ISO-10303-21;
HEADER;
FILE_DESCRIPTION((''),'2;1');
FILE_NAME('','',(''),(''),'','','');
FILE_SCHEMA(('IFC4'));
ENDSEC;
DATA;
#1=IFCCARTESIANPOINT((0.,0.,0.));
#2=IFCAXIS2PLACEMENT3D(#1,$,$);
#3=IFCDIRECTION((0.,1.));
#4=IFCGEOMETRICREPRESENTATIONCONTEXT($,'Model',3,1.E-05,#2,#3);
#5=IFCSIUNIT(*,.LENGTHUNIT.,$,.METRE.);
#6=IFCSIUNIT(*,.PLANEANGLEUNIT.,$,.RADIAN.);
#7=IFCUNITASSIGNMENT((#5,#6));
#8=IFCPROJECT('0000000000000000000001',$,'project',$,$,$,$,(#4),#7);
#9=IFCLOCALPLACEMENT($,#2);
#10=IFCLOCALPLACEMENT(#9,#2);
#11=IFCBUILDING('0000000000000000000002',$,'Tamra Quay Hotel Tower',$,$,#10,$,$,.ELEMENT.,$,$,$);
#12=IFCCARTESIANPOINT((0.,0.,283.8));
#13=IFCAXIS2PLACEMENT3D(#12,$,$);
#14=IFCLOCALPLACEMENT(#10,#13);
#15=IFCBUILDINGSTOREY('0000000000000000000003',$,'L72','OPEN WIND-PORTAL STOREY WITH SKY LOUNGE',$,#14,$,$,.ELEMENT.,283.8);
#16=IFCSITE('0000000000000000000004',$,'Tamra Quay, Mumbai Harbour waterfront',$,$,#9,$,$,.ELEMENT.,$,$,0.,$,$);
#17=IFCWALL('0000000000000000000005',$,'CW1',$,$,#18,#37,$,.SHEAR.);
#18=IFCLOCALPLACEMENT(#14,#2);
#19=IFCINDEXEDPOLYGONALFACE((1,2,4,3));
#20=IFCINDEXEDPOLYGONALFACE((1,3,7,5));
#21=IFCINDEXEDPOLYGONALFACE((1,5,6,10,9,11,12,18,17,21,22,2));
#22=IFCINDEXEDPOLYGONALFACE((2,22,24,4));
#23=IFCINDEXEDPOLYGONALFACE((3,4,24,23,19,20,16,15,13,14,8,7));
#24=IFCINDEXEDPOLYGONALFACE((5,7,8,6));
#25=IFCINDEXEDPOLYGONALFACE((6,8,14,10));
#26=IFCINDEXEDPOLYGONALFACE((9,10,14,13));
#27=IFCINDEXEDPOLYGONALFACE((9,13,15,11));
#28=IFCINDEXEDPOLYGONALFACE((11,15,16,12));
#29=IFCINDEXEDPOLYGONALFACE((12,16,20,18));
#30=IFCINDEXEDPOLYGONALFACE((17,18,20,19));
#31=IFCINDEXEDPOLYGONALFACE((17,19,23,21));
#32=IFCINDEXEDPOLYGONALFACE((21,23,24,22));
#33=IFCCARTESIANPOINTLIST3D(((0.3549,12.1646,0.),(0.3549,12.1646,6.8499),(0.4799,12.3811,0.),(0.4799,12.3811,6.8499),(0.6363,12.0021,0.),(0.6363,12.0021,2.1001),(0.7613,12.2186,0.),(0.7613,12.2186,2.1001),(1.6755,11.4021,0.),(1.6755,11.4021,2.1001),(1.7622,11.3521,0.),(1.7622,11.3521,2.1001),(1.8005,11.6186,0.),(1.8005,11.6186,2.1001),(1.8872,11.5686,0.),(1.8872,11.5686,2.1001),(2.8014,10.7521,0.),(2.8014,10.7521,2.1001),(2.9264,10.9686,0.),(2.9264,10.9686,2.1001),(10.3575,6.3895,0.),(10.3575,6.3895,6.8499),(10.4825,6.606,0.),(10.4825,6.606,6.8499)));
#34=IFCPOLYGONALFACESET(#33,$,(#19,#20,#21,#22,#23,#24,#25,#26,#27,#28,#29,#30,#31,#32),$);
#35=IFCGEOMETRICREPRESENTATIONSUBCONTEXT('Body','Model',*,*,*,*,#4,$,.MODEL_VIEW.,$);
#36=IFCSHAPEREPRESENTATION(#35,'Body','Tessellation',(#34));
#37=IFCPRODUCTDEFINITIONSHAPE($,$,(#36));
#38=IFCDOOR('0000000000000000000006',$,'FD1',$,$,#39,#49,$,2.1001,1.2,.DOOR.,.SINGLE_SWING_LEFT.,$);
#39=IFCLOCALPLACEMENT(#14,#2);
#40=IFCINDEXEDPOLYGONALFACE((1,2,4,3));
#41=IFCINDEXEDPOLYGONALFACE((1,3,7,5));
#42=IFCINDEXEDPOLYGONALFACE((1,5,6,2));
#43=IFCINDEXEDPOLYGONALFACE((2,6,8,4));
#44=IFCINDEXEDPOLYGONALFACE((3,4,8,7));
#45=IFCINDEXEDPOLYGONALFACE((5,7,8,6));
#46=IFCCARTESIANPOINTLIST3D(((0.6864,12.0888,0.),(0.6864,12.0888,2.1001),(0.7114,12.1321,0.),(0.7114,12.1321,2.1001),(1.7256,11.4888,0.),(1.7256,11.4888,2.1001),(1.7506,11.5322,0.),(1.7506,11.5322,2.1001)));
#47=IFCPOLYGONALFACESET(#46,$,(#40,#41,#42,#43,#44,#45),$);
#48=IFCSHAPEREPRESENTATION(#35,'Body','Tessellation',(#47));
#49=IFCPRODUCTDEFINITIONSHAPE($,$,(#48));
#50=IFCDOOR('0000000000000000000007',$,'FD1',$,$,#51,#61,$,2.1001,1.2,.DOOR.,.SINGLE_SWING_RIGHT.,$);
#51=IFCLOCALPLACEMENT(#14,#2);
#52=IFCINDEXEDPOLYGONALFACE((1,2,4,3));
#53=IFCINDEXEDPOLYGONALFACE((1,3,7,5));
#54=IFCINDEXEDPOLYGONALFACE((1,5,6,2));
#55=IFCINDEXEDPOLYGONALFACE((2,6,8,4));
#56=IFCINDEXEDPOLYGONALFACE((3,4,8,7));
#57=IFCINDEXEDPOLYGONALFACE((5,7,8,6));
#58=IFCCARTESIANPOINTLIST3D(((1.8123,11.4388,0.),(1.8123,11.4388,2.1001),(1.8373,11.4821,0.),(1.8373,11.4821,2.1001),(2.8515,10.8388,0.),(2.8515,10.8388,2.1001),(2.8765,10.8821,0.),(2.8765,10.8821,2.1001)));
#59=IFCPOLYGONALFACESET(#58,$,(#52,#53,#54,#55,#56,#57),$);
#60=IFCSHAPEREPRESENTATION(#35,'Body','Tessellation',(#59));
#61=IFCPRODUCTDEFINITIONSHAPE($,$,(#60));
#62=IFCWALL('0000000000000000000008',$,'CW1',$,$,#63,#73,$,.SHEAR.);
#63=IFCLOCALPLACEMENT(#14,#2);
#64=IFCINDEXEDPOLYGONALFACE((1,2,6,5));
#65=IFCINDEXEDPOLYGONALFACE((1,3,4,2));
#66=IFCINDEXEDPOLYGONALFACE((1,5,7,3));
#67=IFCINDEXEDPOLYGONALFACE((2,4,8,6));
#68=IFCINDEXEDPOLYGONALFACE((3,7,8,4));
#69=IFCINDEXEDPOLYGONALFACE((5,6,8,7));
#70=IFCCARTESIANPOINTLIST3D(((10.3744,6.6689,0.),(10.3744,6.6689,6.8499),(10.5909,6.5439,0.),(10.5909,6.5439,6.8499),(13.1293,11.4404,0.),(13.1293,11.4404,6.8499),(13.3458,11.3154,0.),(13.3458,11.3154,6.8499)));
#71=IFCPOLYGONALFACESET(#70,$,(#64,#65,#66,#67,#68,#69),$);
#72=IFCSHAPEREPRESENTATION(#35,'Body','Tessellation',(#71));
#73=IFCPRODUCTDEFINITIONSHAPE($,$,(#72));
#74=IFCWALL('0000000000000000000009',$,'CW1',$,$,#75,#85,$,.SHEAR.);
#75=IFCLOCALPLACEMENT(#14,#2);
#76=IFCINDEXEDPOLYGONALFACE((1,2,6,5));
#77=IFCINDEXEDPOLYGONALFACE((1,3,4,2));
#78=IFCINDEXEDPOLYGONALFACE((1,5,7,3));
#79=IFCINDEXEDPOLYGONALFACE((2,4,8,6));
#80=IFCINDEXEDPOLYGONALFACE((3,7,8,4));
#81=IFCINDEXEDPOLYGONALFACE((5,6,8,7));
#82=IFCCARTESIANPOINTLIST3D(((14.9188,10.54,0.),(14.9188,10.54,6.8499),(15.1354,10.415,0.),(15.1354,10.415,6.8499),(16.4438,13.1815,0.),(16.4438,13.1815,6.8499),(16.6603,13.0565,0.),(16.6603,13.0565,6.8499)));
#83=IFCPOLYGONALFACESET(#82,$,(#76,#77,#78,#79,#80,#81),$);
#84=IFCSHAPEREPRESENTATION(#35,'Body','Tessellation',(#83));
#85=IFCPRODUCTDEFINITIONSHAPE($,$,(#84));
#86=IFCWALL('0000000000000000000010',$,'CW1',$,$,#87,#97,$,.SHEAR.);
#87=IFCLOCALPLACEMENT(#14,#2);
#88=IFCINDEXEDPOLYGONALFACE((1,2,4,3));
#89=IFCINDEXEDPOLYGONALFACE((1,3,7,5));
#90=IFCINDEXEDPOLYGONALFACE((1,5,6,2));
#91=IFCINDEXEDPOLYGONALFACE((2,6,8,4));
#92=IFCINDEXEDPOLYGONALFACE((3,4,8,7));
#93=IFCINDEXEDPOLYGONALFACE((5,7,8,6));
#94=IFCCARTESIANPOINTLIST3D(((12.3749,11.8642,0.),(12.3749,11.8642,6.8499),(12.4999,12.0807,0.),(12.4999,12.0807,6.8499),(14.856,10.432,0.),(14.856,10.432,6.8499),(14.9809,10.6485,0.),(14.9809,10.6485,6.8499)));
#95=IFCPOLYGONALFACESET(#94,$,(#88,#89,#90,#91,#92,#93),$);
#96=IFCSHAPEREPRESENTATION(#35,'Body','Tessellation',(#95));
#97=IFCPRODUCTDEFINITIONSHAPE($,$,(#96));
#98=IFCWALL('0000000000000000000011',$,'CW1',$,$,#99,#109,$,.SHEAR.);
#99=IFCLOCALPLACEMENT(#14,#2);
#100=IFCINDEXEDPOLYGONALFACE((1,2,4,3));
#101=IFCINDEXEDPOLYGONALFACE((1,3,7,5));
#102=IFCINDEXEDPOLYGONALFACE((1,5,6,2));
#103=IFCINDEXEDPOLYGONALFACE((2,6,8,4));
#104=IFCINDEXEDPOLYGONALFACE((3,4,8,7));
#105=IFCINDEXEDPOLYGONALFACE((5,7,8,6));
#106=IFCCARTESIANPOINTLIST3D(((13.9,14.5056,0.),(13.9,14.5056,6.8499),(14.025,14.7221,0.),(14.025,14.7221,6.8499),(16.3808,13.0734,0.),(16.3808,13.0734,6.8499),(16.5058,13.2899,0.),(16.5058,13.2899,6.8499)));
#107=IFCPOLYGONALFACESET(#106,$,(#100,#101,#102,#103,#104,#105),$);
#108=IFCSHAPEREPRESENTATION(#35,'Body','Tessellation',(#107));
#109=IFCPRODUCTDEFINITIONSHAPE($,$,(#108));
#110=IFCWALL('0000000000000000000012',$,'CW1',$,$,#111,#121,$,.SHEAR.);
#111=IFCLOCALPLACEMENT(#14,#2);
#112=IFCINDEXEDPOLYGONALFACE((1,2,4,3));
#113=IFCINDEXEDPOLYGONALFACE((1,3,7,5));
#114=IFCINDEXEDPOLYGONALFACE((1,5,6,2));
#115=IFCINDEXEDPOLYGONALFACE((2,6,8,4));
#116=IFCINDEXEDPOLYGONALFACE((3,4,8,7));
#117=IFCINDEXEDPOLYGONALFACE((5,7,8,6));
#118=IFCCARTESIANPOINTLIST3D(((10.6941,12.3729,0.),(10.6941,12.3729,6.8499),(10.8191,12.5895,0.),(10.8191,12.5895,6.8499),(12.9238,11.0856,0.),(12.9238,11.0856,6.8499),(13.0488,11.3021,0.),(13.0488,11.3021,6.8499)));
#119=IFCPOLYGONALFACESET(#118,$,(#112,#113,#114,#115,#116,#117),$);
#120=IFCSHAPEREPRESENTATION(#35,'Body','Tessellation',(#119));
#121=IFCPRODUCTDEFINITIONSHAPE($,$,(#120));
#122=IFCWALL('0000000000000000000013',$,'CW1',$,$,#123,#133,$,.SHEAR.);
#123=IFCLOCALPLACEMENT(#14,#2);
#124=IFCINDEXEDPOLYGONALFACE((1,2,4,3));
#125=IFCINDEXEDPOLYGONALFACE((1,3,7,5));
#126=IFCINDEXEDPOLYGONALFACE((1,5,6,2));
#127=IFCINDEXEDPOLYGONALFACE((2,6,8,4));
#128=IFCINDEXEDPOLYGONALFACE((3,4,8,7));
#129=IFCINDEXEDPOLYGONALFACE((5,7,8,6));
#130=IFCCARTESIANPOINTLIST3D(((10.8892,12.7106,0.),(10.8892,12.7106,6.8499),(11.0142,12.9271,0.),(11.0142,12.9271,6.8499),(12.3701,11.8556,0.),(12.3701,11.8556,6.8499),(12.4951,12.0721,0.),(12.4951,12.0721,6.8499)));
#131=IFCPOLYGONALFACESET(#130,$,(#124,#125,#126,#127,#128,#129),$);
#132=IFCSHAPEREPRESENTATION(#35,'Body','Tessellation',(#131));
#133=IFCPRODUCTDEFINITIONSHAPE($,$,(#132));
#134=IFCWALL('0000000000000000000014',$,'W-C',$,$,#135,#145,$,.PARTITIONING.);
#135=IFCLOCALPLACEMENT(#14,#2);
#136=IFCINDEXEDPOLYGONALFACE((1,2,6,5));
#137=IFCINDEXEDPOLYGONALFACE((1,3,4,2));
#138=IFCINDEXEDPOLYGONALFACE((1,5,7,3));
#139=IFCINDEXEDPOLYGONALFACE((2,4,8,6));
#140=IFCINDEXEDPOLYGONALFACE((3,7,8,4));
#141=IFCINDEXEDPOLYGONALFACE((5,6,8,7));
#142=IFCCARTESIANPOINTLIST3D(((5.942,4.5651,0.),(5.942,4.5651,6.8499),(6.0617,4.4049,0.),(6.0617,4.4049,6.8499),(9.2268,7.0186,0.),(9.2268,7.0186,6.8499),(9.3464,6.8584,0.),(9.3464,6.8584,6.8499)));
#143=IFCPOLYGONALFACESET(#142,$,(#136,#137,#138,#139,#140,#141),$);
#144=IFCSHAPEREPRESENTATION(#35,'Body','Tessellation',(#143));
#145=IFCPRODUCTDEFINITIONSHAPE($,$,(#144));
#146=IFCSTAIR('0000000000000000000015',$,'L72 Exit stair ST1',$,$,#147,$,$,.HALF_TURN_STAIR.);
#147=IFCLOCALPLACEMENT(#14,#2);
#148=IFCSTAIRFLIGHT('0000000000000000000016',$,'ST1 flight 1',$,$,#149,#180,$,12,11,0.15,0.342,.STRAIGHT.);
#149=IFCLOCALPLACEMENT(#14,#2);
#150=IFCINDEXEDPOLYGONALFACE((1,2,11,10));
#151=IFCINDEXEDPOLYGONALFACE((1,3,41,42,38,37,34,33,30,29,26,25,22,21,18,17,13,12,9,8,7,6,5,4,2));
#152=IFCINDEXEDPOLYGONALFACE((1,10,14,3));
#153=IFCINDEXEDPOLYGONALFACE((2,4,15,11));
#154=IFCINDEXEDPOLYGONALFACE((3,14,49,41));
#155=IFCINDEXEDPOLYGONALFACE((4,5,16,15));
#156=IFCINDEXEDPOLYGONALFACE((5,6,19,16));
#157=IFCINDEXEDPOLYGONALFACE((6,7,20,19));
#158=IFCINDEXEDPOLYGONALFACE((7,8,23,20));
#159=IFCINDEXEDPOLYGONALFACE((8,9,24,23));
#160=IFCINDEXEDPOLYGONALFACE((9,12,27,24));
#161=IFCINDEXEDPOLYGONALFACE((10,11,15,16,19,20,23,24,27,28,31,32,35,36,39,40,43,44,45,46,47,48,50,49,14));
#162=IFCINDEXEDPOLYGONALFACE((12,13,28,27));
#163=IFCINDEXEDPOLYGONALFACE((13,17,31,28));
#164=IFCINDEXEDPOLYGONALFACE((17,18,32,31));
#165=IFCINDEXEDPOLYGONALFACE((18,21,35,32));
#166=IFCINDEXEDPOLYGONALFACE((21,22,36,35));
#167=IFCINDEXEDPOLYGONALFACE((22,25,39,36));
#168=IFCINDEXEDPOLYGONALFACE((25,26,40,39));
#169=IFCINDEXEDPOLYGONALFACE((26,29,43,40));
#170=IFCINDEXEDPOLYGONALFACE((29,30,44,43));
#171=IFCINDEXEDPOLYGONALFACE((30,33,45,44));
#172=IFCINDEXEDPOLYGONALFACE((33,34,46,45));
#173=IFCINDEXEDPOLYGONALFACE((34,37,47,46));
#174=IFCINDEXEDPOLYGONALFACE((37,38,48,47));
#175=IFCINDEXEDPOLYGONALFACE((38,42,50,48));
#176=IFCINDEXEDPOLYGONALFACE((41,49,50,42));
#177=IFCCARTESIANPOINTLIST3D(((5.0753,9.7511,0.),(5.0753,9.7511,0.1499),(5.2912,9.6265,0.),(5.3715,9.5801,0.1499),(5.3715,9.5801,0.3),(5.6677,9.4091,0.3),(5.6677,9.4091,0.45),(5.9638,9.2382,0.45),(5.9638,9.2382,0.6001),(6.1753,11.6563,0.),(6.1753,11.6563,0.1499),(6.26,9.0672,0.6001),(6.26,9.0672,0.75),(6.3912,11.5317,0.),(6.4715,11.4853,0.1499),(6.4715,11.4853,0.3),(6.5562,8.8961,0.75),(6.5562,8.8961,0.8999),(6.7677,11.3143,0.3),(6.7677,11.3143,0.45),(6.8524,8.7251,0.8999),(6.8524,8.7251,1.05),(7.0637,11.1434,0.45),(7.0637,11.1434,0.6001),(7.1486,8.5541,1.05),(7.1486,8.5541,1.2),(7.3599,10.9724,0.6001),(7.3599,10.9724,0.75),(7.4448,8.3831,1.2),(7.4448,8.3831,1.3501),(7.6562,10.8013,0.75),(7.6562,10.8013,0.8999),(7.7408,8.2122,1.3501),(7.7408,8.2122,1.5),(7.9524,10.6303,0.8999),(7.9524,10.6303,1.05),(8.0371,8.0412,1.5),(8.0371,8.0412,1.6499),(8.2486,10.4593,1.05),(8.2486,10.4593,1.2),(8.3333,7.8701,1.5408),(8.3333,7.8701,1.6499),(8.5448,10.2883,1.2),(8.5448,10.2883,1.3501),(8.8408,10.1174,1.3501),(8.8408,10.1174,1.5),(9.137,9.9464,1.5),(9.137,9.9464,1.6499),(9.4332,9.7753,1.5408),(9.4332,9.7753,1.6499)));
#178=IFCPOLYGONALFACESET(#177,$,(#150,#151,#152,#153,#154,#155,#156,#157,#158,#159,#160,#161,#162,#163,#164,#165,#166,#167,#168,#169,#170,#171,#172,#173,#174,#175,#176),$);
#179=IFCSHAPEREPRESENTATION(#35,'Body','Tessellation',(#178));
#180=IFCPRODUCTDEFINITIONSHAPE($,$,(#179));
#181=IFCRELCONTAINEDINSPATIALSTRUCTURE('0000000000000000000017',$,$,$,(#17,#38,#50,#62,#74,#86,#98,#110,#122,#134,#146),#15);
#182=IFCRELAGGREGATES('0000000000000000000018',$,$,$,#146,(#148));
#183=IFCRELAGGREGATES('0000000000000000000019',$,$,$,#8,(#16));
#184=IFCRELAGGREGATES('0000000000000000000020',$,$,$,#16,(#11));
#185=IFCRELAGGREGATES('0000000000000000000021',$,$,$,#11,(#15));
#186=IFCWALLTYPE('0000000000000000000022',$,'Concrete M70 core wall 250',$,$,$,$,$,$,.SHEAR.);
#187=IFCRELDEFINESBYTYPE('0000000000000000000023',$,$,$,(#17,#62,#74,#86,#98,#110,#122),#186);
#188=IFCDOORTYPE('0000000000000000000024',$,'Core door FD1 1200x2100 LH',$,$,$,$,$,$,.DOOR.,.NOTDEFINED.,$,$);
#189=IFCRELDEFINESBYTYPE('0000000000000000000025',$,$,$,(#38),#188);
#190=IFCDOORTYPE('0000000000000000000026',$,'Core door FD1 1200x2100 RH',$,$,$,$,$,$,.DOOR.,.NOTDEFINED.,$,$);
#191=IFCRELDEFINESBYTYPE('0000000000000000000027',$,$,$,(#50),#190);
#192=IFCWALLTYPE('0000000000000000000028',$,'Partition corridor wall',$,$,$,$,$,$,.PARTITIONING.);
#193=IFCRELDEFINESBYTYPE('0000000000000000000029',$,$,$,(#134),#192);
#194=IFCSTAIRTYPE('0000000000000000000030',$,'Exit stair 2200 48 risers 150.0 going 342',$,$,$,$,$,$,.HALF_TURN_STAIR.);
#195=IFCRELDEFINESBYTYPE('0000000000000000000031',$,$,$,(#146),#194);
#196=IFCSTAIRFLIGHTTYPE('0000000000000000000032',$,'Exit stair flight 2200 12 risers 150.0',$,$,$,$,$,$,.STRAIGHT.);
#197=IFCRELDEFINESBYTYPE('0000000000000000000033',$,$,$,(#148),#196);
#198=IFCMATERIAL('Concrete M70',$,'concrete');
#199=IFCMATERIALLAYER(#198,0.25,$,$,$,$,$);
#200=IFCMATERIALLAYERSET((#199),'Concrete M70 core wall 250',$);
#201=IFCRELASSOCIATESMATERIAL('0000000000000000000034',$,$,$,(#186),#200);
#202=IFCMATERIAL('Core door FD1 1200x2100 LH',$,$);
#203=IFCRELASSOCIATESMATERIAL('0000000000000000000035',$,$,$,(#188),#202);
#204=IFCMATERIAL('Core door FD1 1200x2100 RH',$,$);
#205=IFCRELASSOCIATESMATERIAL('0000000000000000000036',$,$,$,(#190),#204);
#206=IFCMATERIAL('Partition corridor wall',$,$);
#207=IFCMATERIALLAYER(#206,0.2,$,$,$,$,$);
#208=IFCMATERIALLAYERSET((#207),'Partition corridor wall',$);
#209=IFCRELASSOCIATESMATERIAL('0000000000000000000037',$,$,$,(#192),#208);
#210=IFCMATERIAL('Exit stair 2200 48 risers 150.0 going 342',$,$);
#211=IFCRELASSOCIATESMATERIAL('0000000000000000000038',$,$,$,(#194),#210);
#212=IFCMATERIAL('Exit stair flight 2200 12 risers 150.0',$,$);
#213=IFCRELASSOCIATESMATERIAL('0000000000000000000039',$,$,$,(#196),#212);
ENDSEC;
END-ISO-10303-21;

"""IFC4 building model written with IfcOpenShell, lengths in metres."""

from ifc_helpers import new_model, si_unit, direction, frame, frame_2d, origin, place, context, subcontext, project, spatial, polyline, rectangle, outline, extrude, material, layer, layer_set, type_object, element, fill, aggregate, save


model = new_model("IFC4")

# Units and contexts
model_context = context("Model", 3, precision=1e-05, world=origin(), true_north=direction((0.0, 1.0)))
body_context = subcontext(model_context, "Body", "Model", "MODEL_VIEW")
ifc_project = project(units=[si_unit("LENGTHUNIT", "METRE"), si_unit("PLANEANGLEUNIT", "RADIAN")], contexts=[model_context])

# Site, building, storey
site_placement = place(None, origin())
site = spatial("IfcSite", under=ifc_project, at=site_placement, Name="Tamra Quay, Mumbai Harbour waterfront", CompositionType="ELEMENT", RefElevation=0.0)
building_placement = place(site_placement, origin())
building = spatial("IfcBuilding", under=site, at=building_placement, Name="Tamra Quay Hotel Tower", CompositionType="ELEMENT")
storey_placement = place(building_placement, frame((0.0, 0.0, 283.8)))
storey = spatial("IfcBuildingStorey", under=building, at=storey_placement, Name="L72", Description="OPEN WIND-PORTAL STOREY WITH SKY LOUNGE", CompositionType="ELEMENT", Elevation=283.8)

# Shared definitions
ifc_material_1 = material(Name="Concrete M70", Category="concrete")

# Wall, openings, doors
ifc_layer_1 = layer(ifc_material_1, 0.25)
ifc_layer_set_1 = layer_set([ifc_layer_1], Name="Concrete M70 core wall 250")
wall_type_1 = type_object("IfcWallType", Name="Concrete M70 core wall 250", PredefinedType="SHEAR", material=ifc_layer_set_1)
wall_1_placement = place(storey_placement, frame((10.4199, 6.4978, 0.0), z_axis=(0.0, 0.0, 1.0), x_axis=(-0.866022, 0.500006, 0.0)))
wall_1 = element("IfcWall", 1, at=wall_1_placement, inside=storey, type_object=wall_type_1, Name="CW1", PredefinedType="SHEAR", context=body_context, shape_type="SweptSolid", body=[
    extrude(rectangle(XDim=11.55, YDim=0.25, at=frame_2d((5.7749, 0.0))), origin(), (0.0, 0.0, 1.0), 6.8499),
])
opening_1_placement = place(wall_1_placement, frame((10.0249, 0.0, 0.0)))
opening_1 = element("IfcOpeningElement", 2, at=opening_1_placement, cuts=wall_1, PredefinedType="OPENING", context=body_context, shape_type="SweptSolid", body=[
    extrude(rectangle(XDim=1.2, YDim=2.1001, at=frame_2d((0.6001, 1.05))), frame((0.0, 0.135, 0.0), z_axis=(0.0, -1.0, 0.0), x_axis=(1.0, 0.0, 0.0)), (0.0, 0.0, 1.0), 0.27),
])
opening_2_placement = place(wall_1_placement, frame((8.7249, 0.0, 0.0)))
opening_2 = element("IfcOpeningElement", 3, at=opening_2_placement, cuts=wall_1, PredefinedType="OPENING", context=body_context, shape_type="SweptSolid", body=[
    extrude(rectangle(XDim=1.2, YDim=2.1001, at=frame_2d((0.6001, 1.05))), frame((0.0, 0.135, 0.0), z_axis=(0.0, -1.0, 0.0), x_axis=(1.0, 0.0, 0.0)), (0.0, 0.0, 1.0), 0.27),
])
ifc_material_2 = material(Name="Core door FD1 1200x2100 LH")
door_type_1 = type_object("IfcDoorType", Name="Core door FD1 1200x2100 LH", OperationType="NOTDEFINED", PredefinedType="DOOR", material=ifc_material_2)
door_1_placement = place(opening_1_placement, origin())
door_1 = element("IfcDoor", 4, at=door_1_placement, inside=storey, type_object=door_type_1, Name="FD1", OperationType="SINGLE_SWING_LEFT", OverallHeight=2.1001, OverallWidth=1.2, PredefinedType="DOOR", context=body_context, shape_type="SweptSolid", body=[
    extrude(rectangle(XDim=1.2, YDim=2.1001, at=frame_2d((0.6001, 1.05))), frame((0.0, 0.0249, 0.0), z_axis=(0.0, -1.0, 0.0), x_axis=(1.0, 0.0, 0.0)), (0.0, 0.0, 1.0), 0.05),
])
fill(opening_1, door_1)
ifc_material_3 = material(Name="Core door FD1 1200x2100 RH")
door_type_2 = type_object("IfcDoorType", Name="Core door FD1 1200x2100 RH", OperationType="NOTDEFINED", PredefinedType="DOOR", material=ifc_material_3)
door_2_placement = place(opening_2_placement, origin())
door_2 = element("IfcDoor", 5, at=door_2_placement, inside=storey, type_object=door_type_2, Name="FD1", OperationType="SINGLE_SWING_RIGHT", OverallHeight=2.1001, OverallWidth=1.2, PredefinedType="DOOR", context=body_context, shape_type="SweptSolid", body=[
    extrude(rectangle(XDim=1.2, YDim=2.1001, at=frame_2d((0.6001, 1.05))), frame((0.0, 0.0249, 0.0), z_axis=(0.0, -1.0, 0.0), x_axis=(1.0, 0.0, 0.0)), (0.0, 0.0, 1.0), 0.05),
])
fill(opening_2, door_2)

# Walls
wall_2_placement = place(storey_placement, frame((13.2375, 11.3779, 0.0), z_axis=(0.0, 0.0, 1.0), x_axis=(-0.500009, -0.86602, 0.0)))
element("IfcWall", 6, at=wall_2_placement, inside=storey, type_object=wall_type_1, Name="CW1", PredefinedType="SHEAR", context=body_context, shape_type="SweptSolid", body=[
    extrude(rectangle(XDim=5.5098, YDim=0.25, at=frame_2d((2.7549, 0.0))), origin(), (0.0, 0.0, 1.0), 6.8499),
])
wall_3_placement = place(storey_placement, frame((16.552, 13.1189, 0.0), z_axis=(0.0, 0.0, 1.0), x_axis=(-0.499979, -0.866038, 0.0)))
element("IfcWall", 7, at=wall_3_placement, inside=storey, type_object=wall_type_1, Name="CW1", PredefinedType="SHEAR", context=body_context, shape_type="SweptSolid", body=[
    extrude(rectangle(XDim=3.05, YDim=0.25, at=frame_2d((1.5249, 0.0))), origin(), (0.0, 0.0, 1.0), 6.8499),
])
wall_4_placement = place(storey_placement, frame((14.9185, 10.5403, 0.0), z_axis=(0.0, 0.0, 1.0), x_axis=(-0.866064, 0.499934, 0.0)))
element("IfcWall", 8, at=wall_4_placement, inside=storey, type_object=wall_type_1, Name="CW1", PredefinedType="SHEAR", context=body_context, shape_type="SweptSolid", body=[
    extrude(rectangle(XDim=2.8647, YDim=0.25, at=frame_2d((1.4324, 0.0))), origin(), (0.0, 0.0, 1.0), 6.8499),
])
wall_5_placement = place(storey_placement, frame((13.9626, 14.6138, 0.0), z_axis=(0.0, 0.0, 1.0), x_axis=(0.866042, -0.499971, 0.0)))
element("IfcWall", 9, at=wall_5_placement, inside=storey, type_object=wall_type_1, Name="CW1", PredefinedType="SHEAR", context=body_context, shape_type="SweptSolid", body=[
    extrude(rectangle(XDim=2.8645, YDim=0.25, at=frame_2d((1.4321, 0.0))), origin(), (0.0, 0.0, 1.0), 6.8499),
])
wall_6_placement = place(storey_placement, frame((10.7566, 12.4812, 0.0), z_axis=(0.0, 0.0, 1.0), x_axis=(0.866023, -0.500004, 0.0)))
element("IfcWall", 10, at=wall_6_placement, inside=storey, type_object=wall_type_1, Name="CW1", PredefinedType="SHEAR", context=body_context, shape_type="SweptSolid", body=[
    extrude(rectangle(XDim=2.5747, YDim=0.25, at=frame_2d((1.2874, 0.0))), origin(), (0.0, 0.0, 1.0), 6.8499),
])
wall_7_placement = place(storey_placement, frame((12.4326, 11.9639, 0.0), z_axis=(0.0, 0.0, 1.0), x_axis=(-0.866038, 0.499978, 0.0)))
element("IfcWall", 11, at=wall_7_placement, inside=storey, type_object=wall_type_1, Name="CW1", PredefinedType="SHEAR", context=body_context, shape_type="SweptSolid", body=[
    extrude(rectangle(XDim=1.71, YDim=0.25, at=frame_2d((0.855, 0.0))), origin(), (0.0, 0.0, 1.0), 6.8499),
])
ifc_material_4 = material(Name="Partition corridor wall")
ifc_layer_2 = layer(ifc_material_4, 0.2)
ifc_layer_set_2 = layer_set([ifc_layer_2], Name="Partition corridor wall")
wall_type_2 = type_object("IfcWallType", Name="Partition corridor wall", PredefinedType="PARTITIONING", material=ifc_layer_set_2)
wall_8_placement = place(storey_placement, frame((6.002, 4.4851, 0.0), z_axis=(0.0, 0.0, 1.0), x_axis=(0.801185, 0.598417, 0.0)))
element("IfcWall", 12, at=wall_8_placement, inside=storey, type_object=wall_type_2, Name="W-C", PredefinedType="PARTITIONING", context=body_context, shape_type="SweptSolid", body=[
    extrude(rectangle(XDim=4.0999, YDim=0.2, at=frame_2d((2.0498, 0.0))), origin(), (0.0, 0.0, 1.0), 6.8499),
])

# Stair, stair flight
ifc_material_5 = material(Name="Exit stair 2200 48 risers 150.0 going 342")
stair_type = type_object("IfcStairType", Name="Exit stair 2200 48 risers 150.0 going 342", PredefinedType="HALF_TURN_STAIR", material=ifc_material_5)
stair_placement = place(storey_placement, origin())
stair = element("IfcStair", 13, at=stair_placement, inside=storey, type_object=stair_type, Name="L72 Exit stair ST1", PredefinedType="HALF_TURN_STAIR")
ifc_material_6 = material(Name="Exit stair flight 2200 12 risers 150.0")
stair_flight_type = type_object("IfcStairFlightType", Name="Exit stair flight 2200 12 risers 150.0", PredefinedType="STRAIGHT", material=ifc_material_6)
stair_flight_1_placement = place(storey_placement, frame((5.6252, 10.7036, 0.0), z_axis=(0.0, 0.0, 1.0), x_axis=(0.866025, -0.5, 0.0)))
stair_flight_1 = element("IfcStairFlight", 14, at=stair_flight_1_placement, type_object=stair_flight_type, Name="ST1 flight 1", NumberOfRisers=12, NumberOfTreads=11, PredefinedType="STRAIGHT", RiserHeight=0.15, TreadLength=0.342, context=body_context, shape_type="SweptSolid", body=[
    extrude(outline(polyline([(0.0, 0.0), (0.0, 0.1499), (0.342, 0.1499), (0.342, 0.3), (0.6841, 0.3), (0.6841, 0.45), (1.0259, 0.45), (1.0259, 0.6001), (1.3679, 0.6001), (1.3679, 0.75), (1.71, 0.75), (1.71, 0.8999), (2.052, 0.8999), (2.052, 1.05), (2.394, 1.05), (2.394, 1.2), (2.7361, 1.2), (2.7361, 1.3501), (3.0779, 1.3501), (3.0779, 1.5), (3.4199, 1.5), (3.4199, 1.6499), (3.762, 1.6499), (3.762, 1.8), (3.762, 1.5408), (0.2493, 0.0), (0.0, 0.0)])), frame((0.0, 1.1001, 0.0), z_axis=(0.0, -1.0, 0.0), x_axis=(1.0, 0.0, 0.0)), (0.0, 0.0, 1.0), 2.2),
])
aggregate(stair, [stair_flight_1])

save(model, "model.ifc")
